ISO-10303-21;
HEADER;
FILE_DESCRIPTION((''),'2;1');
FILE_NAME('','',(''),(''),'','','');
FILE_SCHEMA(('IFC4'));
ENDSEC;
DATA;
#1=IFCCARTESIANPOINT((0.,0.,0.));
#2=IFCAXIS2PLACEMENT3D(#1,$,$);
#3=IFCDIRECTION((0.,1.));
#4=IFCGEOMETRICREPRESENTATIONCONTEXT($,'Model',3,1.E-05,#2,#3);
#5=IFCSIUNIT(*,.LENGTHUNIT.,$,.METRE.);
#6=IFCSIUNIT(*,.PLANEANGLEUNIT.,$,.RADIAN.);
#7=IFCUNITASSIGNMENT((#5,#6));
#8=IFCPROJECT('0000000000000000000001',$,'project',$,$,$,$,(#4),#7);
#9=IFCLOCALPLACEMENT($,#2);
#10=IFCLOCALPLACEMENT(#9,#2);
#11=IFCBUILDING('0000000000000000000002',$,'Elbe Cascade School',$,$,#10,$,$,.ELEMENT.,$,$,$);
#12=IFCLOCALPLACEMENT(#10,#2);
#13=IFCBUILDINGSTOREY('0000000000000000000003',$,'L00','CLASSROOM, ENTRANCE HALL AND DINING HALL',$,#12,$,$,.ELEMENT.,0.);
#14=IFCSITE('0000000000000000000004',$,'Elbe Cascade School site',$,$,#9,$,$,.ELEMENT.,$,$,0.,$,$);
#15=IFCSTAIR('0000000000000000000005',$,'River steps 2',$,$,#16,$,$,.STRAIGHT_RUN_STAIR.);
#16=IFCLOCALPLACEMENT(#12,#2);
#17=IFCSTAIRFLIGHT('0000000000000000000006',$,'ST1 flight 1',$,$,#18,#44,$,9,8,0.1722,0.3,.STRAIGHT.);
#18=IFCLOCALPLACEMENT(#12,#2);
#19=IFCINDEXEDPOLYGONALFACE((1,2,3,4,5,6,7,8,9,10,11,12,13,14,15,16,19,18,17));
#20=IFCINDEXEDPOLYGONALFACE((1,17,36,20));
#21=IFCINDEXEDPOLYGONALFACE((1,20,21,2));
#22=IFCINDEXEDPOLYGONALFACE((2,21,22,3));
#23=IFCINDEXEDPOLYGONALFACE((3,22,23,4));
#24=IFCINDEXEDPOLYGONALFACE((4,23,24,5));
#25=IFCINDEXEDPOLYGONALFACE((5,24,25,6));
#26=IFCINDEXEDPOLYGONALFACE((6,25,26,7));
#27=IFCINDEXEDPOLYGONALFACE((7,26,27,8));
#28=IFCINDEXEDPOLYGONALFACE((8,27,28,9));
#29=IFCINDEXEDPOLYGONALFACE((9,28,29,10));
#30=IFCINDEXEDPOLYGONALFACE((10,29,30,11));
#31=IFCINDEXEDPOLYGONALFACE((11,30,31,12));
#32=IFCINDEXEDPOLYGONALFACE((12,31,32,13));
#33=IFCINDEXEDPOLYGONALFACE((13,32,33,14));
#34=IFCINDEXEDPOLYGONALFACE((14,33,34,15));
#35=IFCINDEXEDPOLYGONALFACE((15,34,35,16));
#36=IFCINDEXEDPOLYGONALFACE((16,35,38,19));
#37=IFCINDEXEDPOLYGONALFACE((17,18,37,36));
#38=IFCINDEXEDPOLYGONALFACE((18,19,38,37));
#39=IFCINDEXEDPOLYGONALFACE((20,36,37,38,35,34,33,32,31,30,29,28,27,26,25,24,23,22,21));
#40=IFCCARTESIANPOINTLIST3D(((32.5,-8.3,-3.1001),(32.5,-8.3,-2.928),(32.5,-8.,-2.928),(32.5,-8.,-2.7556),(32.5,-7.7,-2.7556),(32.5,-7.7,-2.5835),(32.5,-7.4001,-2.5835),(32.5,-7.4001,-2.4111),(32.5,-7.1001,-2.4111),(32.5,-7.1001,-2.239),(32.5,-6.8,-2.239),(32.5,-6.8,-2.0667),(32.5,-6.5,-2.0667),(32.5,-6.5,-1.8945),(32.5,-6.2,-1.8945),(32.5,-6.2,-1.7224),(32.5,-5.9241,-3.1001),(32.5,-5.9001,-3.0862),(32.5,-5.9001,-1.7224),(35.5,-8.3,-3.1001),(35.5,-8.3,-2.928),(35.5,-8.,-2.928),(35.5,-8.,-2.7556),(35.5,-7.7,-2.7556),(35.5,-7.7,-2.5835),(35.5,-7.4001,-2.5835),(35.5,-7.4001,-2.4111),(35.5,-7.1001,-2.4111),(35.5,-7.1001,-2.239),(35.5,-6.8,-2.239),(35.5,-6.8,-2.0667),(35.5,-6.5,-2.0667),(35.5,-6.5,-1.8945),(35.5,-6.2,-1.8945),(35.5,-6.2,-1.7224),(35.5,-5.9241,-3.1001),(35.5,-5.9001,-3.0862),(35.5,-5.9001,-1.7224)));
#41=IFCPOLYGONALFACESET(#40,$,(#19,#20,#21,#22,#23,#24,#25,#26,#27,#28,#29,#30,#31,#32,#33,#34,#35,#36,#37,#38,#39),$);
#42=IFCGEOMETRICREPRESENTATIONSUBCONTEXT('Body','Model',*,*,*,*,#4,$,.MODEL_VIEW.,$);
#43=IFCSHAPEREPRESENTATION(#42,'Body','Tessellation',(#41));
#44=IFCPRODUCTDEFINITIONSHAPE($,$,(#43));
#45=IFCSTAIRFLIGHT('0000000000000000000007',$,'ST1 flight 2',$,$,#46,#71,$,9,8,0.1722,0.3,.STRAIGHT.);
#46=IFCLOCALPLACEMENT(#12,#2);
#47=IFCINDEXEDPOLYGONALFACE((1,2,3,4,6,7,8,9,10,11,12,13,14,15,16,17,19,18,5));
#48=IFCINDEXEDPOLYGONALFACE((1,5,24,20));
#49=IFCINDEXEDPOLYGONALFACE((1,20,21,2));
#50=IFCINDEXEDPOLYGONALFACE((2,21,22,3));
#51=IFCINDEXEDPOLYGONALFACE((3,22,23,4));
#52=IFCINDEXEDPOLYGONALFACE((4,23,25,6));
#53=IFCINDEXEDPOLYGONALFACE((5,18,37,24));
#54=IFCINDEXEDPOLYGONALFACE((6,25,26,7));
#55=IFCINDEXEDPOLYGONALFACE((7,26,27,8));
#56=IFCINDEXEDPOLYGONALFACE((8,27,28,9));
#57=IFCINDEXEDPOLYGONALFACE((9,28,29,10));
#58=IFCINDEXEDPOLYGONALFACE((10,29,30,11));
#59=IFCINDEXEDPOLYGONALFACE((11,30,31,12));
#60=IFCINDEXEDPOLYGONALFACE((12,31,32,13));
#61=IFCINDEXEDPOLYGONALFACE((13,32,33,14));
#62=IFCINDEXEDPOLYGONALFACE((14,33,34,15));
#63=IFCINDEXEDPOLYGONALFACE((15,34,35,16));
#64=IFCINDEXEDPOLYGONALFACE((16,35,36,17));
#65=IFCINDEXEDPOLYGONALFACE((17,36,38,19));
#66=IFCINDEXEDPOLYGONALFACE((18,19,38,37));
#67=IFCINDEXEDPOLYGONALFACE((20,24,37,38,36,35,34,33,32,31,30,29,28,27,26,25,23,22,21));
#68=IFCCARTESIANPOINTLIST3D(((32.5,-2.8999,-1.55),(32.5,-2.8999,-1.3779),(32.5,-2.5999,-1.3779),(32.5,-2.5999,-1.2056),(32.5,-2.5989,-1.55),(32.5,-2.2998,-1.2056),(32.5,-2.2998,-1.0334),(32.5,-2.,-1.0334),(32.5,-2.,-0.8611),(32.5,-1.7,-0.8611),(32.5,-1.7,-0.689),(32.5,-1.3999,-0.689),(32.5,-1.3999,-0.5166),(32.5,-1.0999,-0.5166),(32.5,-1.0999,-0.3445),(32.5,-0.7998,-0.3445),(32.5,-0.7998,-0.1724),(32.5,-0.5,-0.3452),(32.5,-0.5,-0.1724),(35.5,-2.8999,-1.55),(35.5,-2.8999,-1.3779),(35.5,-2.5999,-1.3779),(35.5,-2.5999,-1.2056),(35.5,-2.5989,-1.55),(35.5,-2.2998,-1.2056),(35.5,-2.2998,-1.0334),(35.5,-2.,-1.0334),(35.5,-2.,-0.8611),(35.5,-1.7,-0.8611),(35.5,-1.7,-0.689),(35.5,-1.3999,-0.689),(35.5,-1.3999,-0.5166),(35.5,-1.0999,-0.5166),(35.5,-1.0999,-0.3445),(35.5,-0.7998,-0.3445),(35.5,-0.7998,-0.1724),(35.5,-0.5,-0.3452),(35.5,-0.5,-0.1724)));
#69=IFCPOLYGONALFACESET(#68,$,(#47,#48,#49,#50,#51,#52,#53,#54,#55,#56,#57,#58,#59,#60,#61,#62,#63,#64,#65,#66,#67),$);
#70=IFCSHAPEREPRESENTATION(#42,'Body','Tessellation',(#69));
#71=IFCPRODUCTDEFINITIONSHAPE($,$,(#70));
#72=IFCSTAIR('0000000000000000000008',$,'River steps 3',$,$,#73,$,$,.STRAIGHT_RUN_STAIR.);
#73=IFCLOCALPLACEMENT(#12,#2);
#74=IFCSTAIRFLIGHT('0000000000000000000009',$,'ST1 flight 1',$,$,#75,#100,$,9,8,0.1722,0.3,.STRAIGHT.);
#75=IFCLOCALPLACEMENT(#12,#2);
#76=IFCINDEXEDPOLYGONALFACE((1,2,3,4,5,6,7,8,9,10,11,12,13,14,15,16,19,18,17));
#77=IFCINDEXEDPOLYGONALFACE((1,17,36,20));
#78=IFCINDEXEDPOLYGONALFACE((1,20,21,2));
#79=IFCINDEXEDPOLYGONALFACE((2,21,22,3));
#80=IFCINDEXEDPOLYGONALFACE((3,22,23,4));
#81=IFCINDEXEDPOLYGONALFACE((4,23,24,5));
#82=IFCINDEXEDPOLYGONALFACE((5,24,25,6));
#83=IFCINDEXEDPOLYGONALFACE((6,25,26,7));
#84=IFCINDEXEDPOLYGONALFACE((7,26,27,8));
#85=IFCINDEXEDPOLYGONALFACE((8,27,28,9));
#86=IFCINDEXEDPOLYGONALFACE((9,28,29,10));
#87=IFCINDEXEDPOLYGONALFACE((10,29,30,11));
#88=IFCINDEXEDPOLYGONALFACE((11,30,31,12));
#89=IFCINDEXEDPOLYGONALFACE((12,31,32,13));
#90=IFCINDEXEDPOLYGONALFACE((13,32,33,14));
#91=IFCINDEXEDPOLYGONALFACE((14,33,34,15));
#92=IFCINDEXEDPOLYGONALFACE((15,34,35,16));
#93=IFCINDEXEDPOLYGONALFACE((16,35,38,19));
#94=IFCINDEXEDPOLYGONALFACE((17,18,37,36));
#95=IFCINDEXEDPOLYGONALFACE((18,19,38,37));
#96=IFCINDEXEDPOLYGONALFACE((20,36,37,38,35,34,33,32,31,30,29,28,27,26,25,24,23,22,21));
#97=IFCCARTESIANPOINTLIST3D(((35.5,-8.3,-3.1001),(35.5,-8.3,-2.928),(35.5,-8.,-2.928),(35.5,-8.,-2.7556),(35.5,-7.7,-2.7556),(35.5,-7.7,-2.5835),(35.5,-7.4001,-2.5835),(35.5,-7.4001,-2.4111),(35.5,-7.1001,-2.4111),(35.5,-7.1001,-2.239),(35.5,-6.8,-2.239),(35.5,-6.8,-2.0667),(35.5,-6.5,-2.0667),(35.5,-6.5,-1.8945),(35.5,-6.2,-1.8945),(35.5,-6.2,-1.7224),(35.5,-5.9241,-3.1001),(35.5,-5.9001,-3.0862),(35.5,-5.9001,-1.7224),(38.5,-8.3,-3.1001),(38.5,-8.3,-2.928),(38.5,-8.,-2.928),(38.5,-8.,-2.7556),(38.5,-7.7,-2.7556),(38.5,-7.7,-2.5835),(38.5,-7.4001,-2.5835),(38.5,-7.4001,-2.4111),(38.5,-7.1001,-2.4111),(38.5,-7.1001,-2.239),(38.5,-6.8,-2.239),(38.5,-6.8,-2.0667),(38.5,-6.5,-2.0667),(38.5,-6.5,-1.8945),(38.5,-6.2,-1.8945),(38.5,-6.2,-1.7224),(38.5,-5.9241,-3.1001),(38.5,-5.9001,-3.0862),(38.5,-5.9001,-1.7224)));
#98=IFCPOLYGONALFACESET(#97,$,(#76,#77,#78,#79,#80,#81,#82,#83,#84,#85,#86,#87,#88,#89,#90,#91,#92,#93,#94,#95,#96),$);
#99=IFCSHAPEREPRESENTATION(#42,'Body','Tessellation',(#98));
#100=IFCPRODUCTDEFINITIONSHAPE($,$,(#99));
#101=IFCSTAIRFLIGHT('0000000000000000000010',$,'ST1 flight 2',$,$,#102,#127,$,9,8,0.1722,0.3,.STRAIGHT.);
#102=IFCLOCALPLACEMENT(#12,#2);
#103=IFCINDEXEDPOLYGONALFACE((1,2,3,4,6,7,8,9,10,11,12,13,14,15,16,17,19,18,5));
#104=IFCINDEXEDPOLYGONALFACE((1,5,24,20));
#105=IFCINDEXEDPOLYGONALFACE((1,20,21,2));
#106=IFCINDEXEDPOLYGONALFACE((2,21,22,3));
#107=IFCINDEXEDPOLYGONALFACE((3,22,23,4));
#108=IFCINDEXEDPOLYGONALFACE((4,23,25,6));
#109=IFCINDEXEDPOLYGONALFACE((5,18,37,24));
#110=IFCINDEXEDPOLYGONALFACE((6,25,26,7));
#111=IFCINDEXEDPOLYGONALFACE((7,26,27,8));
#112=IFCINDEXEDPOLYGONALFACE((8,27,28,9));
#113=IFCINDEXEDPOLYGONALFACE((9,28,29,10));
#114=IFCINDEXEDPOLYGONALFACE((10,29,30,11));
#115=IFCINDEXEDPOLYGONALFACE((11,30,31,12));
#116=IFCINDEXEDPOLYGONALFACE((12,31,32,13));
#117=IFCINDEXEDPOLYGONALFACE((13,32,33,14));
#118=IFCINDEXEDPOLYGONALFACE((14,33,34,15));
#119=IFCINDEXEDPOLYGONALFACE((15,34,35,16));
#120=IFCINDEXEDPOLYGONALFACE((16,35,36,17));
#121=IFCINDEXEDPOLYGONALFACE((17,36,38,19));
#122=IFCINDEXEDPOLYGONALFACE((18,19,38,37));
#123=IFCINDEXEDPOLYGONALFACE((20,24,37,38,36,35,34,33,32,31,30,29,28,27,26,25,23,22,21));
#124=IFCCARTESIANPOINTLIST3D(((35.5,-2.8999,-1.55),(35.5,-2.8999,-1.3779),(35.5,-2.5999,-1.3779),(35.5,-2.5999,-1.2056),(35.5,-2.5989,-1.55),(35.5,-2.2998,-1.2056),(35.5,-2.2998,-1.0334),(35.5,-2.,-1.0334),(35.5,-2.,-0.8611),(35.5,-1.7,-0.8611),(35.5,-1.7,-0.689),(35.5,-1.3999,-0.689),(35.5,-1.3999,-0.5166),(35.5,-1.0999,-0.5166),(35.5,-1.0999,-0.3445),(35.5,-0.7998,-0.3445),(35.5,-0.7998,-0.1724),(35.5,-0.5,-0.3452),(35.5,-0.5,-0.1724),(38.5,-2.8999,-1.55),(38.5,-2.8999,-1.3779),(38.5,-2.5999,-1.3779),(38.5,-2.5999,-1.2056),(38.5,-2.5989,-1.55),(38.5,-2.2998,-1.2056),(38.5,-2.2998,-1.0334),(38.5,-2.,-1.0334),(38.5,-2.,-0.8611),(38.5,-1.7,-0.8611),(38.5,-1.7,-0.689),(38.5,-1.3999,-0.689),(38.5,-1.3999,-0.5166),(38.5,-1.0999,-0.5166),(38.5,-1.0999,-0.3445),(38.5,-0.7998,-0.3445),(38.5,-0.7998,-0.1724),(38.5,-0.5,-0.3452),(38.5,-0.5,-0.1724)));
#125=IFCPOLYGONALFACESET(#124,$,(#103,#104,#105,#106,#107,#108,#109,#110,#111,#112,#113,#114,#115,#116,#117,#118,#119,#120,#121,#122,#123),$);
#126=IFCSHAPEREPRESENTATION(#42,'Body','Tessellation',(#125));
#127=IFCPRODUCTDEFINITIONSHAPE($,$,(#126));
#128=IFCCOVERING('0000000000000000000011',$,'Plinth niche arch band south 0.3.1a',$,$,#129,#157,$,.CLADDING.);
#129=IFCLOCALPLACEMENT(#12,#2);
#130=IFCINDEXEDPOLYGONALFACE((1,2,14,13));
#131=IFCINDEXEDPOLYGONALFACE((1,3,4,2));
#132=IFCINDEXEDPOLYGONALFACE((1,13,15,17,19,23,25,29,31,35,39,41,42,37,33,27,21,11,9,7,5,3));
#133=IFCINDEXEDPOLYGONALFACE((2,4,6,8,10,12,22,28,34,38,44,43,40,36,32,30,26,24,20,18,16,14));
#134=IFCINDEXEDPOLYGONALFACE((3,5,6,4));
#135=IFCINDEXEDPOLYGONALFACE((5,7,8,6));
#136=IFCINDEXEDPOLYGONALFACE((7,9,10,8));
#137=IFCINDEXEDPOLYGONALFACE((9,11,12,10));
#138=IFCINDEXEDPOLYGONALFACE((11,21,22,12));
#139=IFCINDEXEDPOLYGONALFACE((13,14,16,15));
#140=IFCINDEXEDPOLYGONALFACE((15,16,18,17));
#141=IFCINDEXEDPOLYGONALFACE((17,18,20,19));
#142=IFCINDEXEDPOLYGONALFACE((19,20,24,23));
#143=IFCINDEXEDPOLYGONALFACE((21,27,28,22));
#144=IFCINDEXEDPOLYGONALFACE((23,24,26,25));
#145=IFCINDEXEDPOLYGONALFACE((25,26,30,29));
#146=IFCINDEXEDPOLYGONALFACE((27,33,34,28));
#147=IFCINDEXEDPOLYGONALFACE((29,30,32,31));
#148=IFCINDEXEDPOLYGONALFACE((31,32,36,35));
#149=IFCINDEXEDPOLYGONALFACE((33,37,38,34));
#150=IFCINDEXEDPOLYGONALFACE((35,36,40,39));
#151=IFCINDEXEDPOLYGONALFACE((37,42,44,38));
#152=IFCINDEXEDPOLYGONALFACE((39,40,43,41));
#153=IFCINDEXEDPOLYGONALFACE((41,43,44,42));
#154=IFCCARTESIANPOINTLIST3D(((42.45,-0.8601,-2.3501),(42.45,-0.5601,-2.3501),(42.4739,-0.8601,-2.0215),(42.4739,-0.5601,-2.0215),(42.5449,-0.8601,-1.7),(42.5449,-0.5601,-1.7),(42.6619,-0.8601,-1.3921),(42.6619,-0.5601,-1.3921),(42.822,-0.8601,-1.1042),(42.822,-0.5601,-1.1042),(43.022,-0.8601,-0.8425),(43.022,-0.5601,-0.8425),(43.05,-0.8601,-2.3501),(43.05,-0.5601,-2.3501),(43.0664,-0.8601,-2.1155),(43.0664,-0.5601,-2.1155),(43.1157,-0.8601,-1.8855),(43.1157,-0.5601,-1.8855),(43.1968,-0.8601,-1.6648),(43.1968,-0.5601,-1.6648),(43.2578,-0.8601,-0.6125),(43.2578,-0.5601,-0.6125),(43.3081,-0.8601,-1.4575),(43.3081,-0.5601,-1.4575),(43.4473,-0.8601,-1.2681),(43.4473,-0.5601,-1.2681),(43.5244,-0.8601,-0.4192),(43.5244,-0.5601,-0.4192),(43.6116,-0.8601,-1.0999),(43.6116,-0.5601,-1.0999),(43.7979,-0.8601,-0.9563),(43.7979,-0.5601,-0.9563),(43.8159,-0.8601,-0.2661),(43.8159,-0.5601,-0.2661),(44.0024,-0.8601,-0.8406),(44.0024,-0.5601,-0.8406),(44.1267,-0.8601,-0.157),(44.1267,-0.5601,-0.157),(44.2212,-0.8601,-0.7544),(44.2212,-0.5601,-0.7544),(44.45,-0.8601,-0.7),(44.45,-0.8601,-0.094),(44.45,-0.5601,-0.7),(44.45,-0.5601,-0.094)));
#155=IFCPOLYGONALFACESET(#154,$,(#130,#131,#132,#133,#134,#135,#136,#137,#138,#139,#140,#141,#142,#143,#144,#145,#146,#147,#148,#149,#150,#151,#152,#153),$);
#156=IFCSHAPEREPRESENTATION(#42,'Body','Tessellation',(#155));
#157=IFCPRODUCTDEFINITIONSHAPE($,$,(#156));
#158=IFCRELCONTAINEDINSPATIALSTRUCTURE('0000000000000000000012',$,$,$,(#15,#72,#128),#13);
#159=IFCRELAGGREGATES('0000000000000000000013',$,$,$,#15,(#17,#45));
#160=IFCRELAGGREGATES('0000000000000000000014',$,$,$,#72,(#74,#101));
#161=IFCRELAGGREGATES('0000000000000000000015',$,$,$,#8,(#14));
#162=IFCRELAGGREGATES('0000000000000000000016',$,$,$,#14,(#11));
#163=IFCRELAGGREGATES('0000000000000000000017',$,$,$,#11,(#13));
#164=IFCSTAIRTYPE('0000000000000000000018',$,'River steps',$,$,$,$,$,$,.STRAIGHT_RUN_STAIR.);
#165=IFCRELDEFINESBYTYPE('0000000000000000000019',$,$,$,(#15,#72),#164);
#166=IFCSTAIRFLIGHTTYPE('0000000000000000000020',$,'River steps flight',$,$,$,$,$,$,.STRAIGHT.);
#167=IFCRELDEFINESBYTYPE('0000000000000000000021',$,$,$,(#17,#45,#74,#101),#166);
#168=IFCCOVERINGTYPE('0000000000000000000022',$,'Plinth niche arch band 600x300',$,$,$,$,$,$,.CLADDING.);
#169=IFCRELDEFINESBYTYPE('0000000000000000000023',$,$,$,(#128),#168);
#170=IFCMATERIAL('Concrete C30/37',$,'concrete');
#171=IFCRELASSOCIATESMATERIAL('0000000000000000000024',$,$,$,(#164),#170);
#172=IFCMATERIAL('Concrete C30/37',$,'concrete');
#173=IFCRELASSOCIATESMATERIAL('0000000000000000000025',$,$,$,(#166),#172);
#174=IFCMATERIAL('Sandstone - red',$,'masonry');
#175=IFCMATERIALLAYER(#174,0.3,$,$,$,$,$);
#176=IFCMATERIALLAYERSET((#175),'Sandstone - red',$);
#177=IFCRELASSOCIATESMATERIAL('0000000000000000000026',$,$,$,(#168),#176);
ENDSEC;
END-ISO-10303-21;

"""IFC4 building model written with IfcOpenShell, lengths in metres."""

from ifc_helpers import new_model, si_unit, direction, frame, origin, place, context, subcontext, project, spatial, polyline, outline, extrude, material, layer, layer_set, type_object, element, aggregate, save


model = new_model("IFC4")

# Units and contexts
model_context = context("Model", 3, precision=1e-05, world=origin(), true_north=direction((0.0, 1.0)))
body_context = subcontext(model_context, "Body", "Model", "MODEL_VIEW")
ifc_project = project(units=[si_unit("LENGTHUNIT", "METRE"), si_unit("PLANEANGLEUNIT", "RADIAN")], contexts=[model_context])

# Site, building, storey
site_placement = place(None, origin())
site = spatial("IfcSite", under=ifc_project, at=site_placement, Name="Elbe Cascade School site", CompositionType="ELEMENT", RefElevation=0.0)
building_placement = place(site_placement, origin())
building = spatial("IfcBuilding", under=site, at=building_placement, Name="Elbe Cascade School", CompositionType="ELEMENT")
storey_placement = place(building_placement, origin())
storey = spatial("IfcBuildingStorey", under=building, at=storey_placement, Name="L00", Description="CLASSROOM, ENTRANCE HALL AND DINING HALL", CompositionType="ELEMENT", Elevation=0.0)

# Stairs, stair flights
ifc_material_1 = material(Name="Concrete C30/37", Category="concrete")
stair_type = type_object("IfcStairType", Name="River steps", PredefinedType="STRAIGHT_RUN_STAIR", material=ifc_material_1)
stair_1_placement = place(storey_placement, origin())
stair_1 = element("IfcStair", 1, at=stair_1_placement, inside=storey, type_object=stair_type, Name="River steps 2", PredefinedType="STRAIGHT_RUN_STAIR")
ifc_material_2 = material(Name="Concrete C30/37", Category="concrete")
stair_flight_type = type_object("IfcStairFlightType", Name="River steps flight", PredefinedType="STRAIGHT", material=ifc_material_2)
stair_flight_1_placement = place(storey_placement, frame((34.0, -8.3, -3.1001), z_axis=(0.0, 0.0, 1.0), x_axis=(0.0, 1.0, 0.0)))
stair_flight_1 = element("IfcStairFlight", 2, at=stair_flight_1_placement, type_object=stair_flight_type, Name="ST1 flight 1", NumberOfRisers=9, NumberOfTreads=8, PredefinedType="STRAIGHT", RiserHeight=0.1722, TreadLength=0.3, context=body_context, shape_type="SweptSolid", body=[
    extrude(outline(polyline([(0.0, 0.0), (0.0, 0.1721), (0.3, 0.1721), (0.3, 0.3445), (0.6001, 0.3445), (0.6001, 0.5166), (0.8999, 0.5166), (0.8999, 0.689), (1.2, 0.689), (1.2, 0.8611), (1.5, 0.8611), (1.5, 1.0334), (1.8, 1.0334), (1.8, 1.2056), (2.1001, 1.2056), (2.1001, 1.3777), (2.3999, 1.3777), (2.3999, 1.55), (2.3999, 0.0139), (2.376, 0.0), (0.0, 0.0)])), frame((0.0, 1.5, 0.0), z_axis=(0.0, -1.0, 0.0), x_axis=(1.0, 0.0, 0.0)), (0.0, 0.0, 1.0), 3.0),
])
stair_flight_2_placement = place(storey_placement, frame((34.0, -2.8999, -1.55), z_axis=(0.0, 0.0, 1.0), x_axis=(0.0, 1.0, 0.0)))
stair_flight_2 = element("IfcStairFlight", 3, at=stair_flight_2_placement, type_object=stair_flight_type, Name="ST1 flight 2", NumberOfRisers=9, NumberOfTreads=8, PredefinedType="STRAIGHT", RiserHeight=0.1722, TreadLength=0.3, context=body_context, shape_type="SweptSolid", body=[
    extrude(outline(polyline([(0.0, 0.0), (0.0, 0.1721), (0.3, 0.1721), (0.3, 0.3445), (0.6001, 0.3445), (0.6001, 0.5166), (0.8999, 0.5166), (0.8999, 0.689), (1.2, 0.689), (1.2, 0.8611), (1.5, 0.8611), (1.5, 1.0334), (1.8, 1.0334), (1.8, 1.2056), (2.1001, 1.2056), (2.1001, 1.3777), (2.3999, 1.3777), (2.3999, 1.55), (2.3999, 1.2048), (0.301, 0.0), (0.0, 0.0)])), frame((0.0, 1.5, 0.0), z_axis=(0.0, -1.0, 0.0), x_axis=(1.0, 0.0, 0.0)), (0.0, 0.0, 1.0), 3.0),
])
aggregate(stair_1, [stair_flight_1, stair_flight_2])
stair_2_placement = place(storey_placement, origin())
stair_2 = element("IfcStair", 4, at=stair_2_placement, inside=storey, type_object=stair_type, Name="River steps 3", PredefinedType="STRAIGHT_RUN_STAIR")
stair_flight_3_placement = place(storey_placement, frame((37.0, -8.3, -3.1001), z_axis=(0.0, 0.0, 1.0), x_axis=(0.0, 1.0, 0.0)))
stair_flight_3 = element("IfcStairFlight", 5, at=stair_flight_3_placement, type_object=stair_flight_type, Name="ST1 flight 1", NumberOfRisers=9, NumberOfTreads=8, PredefinedType="STRAIGHT", RiserHeight=0.1722, TreadLength=0.3, context=body_context, shape_type="SweptSolid", body=[
    extrude(outline(polyline([(0.0, 0.0), (0.0, 0.1721), (0.3, 0.1721), (0.3, 0.3445), (0.6001, 0.3445), (0.6001, 0.5166), (0.8999, 0.5166), (0.8999, 0.689), (1.2, 0.689), (1.2, 0.8611), (1.5, 0.8611), (1.5, 1.0334), (1.8, 1.0334), (1.8, 1.2056), (2.1001, 1.2056), (2.1001, 1.3777), (2.3999, 1.3777), (2.3999, 1.55), (2.3999, 0.0139), (2.376, 0.0), (0.0, 0.0)])), frame((0.0, 1.5, 0.0), z_axis=(0.0, -1.0, 0.0), x_axis=(1.0, 0.0, 0.0)), (0.0, 0.0, 1.0), 3.0),
])
stair_flight_4_placement = place(storey_placement, frame((37.0, -2.8999, -1.55), z_axis=(0.0, 0.0, 1.0), x_axis=(0.0, 1.0, 0.0)))
stair_flight_4 = element("IfcStairFlight", 6, at=stair_flight_4_placement, type_object=stair_flight_type, Name="ST1 flight 2", NumberOfRisers=9, NumberOfTreads=8, PredefinedType="STRAIGHT", RiserHeight=0.1722, TreadLength=0.3, context=body_context, shape_type="SweptSolid", body=[
    extrude(outline(polyline([(0.0, 0.0), (0.0, 0.1721), (0.3, 0.1721), (0.3, 0.3445), (0.6001, 0.3445), (0.6001, 0.5166), (0.8999, 0.5166), (0.8999, 0.689), (1.2, 0.689), (1.2, 0.8611), (1.5, 0.8611), (1.5, 1.0334), (1.8, 1.0334), (1.8, 1.2056), (2.1001, 1.2056), (2.1001, 1.3777), (2.3999, 1.3777), (2.3999, 1.55), (2.3999, 1.2048), (0.301, 0.0), (0.0, 0.0)])), frame((0.0, 1.5, 0.0), z_axis=(0.0, -1.0, 0.0), x_axis=(1.0, 0.0, 0.0)), (0.0, 0.0, 1.0), 3.0),
])
aggregate(stair_2, [stair_flight_3, stair_flight_4])

# Covering
ifc_material_3 = material(Name="Sandstone - red", Category="masonry")
ifc_layer_1 = layer(ifc_material_3, 0.3)
ifc_layer_set_1 = layer_set([ifc_layer_1], Name="Sandstone - red")
covering_type_1 = type_object("IfcCoveringType", Name="Plinth niche arch band 600x300", PredefinedType="CLADDING", material=ifc_layer_set_1)
covering_1_placement = place(storey_placement, frame((42.45, -0.8601, -2.3501), z_axis=(0.0, -1.0, 0.0), x_axis=(1.0, 0.0, 0.0)))
element("IfcCovering", 7, at=covering_1_placement, inside=storey, type_object=covering_type_1, Name="Plinth niche arch band south 0.3.1a", PredefinedType="CLADDING", context=body_context, shape_type="SweptSolid", body=[
    extrude(outline(polyline([(0.0, 0.0), (0.6001, 0.0), (0.6165, 0.2346), (0.6658, 0.4646), (0.7468, 0.6853), (0.8582, 0.8926), (0.9973, 1.082), (1.1616, 1.2502), (1.3479, 1.3938), (1.5525, 1.5095), (1.7712, 1.5957), (2.0, 1.6501), (2.0, 2.2561), (1.6768, 2.1931), (1.366, 2.084), (1.0745, 1.9309), (0.8079, 1.7375), (0.572, 1.5076), (0.3721, 1.2458), (0.2119, 0.958), (0.095, 0.6501), (0.0239, 0.3286), (0.0, 0.0)])), origin(), (0.0, 0.0, -1.0), 0.3),
])

save(model, "model.ifc")
